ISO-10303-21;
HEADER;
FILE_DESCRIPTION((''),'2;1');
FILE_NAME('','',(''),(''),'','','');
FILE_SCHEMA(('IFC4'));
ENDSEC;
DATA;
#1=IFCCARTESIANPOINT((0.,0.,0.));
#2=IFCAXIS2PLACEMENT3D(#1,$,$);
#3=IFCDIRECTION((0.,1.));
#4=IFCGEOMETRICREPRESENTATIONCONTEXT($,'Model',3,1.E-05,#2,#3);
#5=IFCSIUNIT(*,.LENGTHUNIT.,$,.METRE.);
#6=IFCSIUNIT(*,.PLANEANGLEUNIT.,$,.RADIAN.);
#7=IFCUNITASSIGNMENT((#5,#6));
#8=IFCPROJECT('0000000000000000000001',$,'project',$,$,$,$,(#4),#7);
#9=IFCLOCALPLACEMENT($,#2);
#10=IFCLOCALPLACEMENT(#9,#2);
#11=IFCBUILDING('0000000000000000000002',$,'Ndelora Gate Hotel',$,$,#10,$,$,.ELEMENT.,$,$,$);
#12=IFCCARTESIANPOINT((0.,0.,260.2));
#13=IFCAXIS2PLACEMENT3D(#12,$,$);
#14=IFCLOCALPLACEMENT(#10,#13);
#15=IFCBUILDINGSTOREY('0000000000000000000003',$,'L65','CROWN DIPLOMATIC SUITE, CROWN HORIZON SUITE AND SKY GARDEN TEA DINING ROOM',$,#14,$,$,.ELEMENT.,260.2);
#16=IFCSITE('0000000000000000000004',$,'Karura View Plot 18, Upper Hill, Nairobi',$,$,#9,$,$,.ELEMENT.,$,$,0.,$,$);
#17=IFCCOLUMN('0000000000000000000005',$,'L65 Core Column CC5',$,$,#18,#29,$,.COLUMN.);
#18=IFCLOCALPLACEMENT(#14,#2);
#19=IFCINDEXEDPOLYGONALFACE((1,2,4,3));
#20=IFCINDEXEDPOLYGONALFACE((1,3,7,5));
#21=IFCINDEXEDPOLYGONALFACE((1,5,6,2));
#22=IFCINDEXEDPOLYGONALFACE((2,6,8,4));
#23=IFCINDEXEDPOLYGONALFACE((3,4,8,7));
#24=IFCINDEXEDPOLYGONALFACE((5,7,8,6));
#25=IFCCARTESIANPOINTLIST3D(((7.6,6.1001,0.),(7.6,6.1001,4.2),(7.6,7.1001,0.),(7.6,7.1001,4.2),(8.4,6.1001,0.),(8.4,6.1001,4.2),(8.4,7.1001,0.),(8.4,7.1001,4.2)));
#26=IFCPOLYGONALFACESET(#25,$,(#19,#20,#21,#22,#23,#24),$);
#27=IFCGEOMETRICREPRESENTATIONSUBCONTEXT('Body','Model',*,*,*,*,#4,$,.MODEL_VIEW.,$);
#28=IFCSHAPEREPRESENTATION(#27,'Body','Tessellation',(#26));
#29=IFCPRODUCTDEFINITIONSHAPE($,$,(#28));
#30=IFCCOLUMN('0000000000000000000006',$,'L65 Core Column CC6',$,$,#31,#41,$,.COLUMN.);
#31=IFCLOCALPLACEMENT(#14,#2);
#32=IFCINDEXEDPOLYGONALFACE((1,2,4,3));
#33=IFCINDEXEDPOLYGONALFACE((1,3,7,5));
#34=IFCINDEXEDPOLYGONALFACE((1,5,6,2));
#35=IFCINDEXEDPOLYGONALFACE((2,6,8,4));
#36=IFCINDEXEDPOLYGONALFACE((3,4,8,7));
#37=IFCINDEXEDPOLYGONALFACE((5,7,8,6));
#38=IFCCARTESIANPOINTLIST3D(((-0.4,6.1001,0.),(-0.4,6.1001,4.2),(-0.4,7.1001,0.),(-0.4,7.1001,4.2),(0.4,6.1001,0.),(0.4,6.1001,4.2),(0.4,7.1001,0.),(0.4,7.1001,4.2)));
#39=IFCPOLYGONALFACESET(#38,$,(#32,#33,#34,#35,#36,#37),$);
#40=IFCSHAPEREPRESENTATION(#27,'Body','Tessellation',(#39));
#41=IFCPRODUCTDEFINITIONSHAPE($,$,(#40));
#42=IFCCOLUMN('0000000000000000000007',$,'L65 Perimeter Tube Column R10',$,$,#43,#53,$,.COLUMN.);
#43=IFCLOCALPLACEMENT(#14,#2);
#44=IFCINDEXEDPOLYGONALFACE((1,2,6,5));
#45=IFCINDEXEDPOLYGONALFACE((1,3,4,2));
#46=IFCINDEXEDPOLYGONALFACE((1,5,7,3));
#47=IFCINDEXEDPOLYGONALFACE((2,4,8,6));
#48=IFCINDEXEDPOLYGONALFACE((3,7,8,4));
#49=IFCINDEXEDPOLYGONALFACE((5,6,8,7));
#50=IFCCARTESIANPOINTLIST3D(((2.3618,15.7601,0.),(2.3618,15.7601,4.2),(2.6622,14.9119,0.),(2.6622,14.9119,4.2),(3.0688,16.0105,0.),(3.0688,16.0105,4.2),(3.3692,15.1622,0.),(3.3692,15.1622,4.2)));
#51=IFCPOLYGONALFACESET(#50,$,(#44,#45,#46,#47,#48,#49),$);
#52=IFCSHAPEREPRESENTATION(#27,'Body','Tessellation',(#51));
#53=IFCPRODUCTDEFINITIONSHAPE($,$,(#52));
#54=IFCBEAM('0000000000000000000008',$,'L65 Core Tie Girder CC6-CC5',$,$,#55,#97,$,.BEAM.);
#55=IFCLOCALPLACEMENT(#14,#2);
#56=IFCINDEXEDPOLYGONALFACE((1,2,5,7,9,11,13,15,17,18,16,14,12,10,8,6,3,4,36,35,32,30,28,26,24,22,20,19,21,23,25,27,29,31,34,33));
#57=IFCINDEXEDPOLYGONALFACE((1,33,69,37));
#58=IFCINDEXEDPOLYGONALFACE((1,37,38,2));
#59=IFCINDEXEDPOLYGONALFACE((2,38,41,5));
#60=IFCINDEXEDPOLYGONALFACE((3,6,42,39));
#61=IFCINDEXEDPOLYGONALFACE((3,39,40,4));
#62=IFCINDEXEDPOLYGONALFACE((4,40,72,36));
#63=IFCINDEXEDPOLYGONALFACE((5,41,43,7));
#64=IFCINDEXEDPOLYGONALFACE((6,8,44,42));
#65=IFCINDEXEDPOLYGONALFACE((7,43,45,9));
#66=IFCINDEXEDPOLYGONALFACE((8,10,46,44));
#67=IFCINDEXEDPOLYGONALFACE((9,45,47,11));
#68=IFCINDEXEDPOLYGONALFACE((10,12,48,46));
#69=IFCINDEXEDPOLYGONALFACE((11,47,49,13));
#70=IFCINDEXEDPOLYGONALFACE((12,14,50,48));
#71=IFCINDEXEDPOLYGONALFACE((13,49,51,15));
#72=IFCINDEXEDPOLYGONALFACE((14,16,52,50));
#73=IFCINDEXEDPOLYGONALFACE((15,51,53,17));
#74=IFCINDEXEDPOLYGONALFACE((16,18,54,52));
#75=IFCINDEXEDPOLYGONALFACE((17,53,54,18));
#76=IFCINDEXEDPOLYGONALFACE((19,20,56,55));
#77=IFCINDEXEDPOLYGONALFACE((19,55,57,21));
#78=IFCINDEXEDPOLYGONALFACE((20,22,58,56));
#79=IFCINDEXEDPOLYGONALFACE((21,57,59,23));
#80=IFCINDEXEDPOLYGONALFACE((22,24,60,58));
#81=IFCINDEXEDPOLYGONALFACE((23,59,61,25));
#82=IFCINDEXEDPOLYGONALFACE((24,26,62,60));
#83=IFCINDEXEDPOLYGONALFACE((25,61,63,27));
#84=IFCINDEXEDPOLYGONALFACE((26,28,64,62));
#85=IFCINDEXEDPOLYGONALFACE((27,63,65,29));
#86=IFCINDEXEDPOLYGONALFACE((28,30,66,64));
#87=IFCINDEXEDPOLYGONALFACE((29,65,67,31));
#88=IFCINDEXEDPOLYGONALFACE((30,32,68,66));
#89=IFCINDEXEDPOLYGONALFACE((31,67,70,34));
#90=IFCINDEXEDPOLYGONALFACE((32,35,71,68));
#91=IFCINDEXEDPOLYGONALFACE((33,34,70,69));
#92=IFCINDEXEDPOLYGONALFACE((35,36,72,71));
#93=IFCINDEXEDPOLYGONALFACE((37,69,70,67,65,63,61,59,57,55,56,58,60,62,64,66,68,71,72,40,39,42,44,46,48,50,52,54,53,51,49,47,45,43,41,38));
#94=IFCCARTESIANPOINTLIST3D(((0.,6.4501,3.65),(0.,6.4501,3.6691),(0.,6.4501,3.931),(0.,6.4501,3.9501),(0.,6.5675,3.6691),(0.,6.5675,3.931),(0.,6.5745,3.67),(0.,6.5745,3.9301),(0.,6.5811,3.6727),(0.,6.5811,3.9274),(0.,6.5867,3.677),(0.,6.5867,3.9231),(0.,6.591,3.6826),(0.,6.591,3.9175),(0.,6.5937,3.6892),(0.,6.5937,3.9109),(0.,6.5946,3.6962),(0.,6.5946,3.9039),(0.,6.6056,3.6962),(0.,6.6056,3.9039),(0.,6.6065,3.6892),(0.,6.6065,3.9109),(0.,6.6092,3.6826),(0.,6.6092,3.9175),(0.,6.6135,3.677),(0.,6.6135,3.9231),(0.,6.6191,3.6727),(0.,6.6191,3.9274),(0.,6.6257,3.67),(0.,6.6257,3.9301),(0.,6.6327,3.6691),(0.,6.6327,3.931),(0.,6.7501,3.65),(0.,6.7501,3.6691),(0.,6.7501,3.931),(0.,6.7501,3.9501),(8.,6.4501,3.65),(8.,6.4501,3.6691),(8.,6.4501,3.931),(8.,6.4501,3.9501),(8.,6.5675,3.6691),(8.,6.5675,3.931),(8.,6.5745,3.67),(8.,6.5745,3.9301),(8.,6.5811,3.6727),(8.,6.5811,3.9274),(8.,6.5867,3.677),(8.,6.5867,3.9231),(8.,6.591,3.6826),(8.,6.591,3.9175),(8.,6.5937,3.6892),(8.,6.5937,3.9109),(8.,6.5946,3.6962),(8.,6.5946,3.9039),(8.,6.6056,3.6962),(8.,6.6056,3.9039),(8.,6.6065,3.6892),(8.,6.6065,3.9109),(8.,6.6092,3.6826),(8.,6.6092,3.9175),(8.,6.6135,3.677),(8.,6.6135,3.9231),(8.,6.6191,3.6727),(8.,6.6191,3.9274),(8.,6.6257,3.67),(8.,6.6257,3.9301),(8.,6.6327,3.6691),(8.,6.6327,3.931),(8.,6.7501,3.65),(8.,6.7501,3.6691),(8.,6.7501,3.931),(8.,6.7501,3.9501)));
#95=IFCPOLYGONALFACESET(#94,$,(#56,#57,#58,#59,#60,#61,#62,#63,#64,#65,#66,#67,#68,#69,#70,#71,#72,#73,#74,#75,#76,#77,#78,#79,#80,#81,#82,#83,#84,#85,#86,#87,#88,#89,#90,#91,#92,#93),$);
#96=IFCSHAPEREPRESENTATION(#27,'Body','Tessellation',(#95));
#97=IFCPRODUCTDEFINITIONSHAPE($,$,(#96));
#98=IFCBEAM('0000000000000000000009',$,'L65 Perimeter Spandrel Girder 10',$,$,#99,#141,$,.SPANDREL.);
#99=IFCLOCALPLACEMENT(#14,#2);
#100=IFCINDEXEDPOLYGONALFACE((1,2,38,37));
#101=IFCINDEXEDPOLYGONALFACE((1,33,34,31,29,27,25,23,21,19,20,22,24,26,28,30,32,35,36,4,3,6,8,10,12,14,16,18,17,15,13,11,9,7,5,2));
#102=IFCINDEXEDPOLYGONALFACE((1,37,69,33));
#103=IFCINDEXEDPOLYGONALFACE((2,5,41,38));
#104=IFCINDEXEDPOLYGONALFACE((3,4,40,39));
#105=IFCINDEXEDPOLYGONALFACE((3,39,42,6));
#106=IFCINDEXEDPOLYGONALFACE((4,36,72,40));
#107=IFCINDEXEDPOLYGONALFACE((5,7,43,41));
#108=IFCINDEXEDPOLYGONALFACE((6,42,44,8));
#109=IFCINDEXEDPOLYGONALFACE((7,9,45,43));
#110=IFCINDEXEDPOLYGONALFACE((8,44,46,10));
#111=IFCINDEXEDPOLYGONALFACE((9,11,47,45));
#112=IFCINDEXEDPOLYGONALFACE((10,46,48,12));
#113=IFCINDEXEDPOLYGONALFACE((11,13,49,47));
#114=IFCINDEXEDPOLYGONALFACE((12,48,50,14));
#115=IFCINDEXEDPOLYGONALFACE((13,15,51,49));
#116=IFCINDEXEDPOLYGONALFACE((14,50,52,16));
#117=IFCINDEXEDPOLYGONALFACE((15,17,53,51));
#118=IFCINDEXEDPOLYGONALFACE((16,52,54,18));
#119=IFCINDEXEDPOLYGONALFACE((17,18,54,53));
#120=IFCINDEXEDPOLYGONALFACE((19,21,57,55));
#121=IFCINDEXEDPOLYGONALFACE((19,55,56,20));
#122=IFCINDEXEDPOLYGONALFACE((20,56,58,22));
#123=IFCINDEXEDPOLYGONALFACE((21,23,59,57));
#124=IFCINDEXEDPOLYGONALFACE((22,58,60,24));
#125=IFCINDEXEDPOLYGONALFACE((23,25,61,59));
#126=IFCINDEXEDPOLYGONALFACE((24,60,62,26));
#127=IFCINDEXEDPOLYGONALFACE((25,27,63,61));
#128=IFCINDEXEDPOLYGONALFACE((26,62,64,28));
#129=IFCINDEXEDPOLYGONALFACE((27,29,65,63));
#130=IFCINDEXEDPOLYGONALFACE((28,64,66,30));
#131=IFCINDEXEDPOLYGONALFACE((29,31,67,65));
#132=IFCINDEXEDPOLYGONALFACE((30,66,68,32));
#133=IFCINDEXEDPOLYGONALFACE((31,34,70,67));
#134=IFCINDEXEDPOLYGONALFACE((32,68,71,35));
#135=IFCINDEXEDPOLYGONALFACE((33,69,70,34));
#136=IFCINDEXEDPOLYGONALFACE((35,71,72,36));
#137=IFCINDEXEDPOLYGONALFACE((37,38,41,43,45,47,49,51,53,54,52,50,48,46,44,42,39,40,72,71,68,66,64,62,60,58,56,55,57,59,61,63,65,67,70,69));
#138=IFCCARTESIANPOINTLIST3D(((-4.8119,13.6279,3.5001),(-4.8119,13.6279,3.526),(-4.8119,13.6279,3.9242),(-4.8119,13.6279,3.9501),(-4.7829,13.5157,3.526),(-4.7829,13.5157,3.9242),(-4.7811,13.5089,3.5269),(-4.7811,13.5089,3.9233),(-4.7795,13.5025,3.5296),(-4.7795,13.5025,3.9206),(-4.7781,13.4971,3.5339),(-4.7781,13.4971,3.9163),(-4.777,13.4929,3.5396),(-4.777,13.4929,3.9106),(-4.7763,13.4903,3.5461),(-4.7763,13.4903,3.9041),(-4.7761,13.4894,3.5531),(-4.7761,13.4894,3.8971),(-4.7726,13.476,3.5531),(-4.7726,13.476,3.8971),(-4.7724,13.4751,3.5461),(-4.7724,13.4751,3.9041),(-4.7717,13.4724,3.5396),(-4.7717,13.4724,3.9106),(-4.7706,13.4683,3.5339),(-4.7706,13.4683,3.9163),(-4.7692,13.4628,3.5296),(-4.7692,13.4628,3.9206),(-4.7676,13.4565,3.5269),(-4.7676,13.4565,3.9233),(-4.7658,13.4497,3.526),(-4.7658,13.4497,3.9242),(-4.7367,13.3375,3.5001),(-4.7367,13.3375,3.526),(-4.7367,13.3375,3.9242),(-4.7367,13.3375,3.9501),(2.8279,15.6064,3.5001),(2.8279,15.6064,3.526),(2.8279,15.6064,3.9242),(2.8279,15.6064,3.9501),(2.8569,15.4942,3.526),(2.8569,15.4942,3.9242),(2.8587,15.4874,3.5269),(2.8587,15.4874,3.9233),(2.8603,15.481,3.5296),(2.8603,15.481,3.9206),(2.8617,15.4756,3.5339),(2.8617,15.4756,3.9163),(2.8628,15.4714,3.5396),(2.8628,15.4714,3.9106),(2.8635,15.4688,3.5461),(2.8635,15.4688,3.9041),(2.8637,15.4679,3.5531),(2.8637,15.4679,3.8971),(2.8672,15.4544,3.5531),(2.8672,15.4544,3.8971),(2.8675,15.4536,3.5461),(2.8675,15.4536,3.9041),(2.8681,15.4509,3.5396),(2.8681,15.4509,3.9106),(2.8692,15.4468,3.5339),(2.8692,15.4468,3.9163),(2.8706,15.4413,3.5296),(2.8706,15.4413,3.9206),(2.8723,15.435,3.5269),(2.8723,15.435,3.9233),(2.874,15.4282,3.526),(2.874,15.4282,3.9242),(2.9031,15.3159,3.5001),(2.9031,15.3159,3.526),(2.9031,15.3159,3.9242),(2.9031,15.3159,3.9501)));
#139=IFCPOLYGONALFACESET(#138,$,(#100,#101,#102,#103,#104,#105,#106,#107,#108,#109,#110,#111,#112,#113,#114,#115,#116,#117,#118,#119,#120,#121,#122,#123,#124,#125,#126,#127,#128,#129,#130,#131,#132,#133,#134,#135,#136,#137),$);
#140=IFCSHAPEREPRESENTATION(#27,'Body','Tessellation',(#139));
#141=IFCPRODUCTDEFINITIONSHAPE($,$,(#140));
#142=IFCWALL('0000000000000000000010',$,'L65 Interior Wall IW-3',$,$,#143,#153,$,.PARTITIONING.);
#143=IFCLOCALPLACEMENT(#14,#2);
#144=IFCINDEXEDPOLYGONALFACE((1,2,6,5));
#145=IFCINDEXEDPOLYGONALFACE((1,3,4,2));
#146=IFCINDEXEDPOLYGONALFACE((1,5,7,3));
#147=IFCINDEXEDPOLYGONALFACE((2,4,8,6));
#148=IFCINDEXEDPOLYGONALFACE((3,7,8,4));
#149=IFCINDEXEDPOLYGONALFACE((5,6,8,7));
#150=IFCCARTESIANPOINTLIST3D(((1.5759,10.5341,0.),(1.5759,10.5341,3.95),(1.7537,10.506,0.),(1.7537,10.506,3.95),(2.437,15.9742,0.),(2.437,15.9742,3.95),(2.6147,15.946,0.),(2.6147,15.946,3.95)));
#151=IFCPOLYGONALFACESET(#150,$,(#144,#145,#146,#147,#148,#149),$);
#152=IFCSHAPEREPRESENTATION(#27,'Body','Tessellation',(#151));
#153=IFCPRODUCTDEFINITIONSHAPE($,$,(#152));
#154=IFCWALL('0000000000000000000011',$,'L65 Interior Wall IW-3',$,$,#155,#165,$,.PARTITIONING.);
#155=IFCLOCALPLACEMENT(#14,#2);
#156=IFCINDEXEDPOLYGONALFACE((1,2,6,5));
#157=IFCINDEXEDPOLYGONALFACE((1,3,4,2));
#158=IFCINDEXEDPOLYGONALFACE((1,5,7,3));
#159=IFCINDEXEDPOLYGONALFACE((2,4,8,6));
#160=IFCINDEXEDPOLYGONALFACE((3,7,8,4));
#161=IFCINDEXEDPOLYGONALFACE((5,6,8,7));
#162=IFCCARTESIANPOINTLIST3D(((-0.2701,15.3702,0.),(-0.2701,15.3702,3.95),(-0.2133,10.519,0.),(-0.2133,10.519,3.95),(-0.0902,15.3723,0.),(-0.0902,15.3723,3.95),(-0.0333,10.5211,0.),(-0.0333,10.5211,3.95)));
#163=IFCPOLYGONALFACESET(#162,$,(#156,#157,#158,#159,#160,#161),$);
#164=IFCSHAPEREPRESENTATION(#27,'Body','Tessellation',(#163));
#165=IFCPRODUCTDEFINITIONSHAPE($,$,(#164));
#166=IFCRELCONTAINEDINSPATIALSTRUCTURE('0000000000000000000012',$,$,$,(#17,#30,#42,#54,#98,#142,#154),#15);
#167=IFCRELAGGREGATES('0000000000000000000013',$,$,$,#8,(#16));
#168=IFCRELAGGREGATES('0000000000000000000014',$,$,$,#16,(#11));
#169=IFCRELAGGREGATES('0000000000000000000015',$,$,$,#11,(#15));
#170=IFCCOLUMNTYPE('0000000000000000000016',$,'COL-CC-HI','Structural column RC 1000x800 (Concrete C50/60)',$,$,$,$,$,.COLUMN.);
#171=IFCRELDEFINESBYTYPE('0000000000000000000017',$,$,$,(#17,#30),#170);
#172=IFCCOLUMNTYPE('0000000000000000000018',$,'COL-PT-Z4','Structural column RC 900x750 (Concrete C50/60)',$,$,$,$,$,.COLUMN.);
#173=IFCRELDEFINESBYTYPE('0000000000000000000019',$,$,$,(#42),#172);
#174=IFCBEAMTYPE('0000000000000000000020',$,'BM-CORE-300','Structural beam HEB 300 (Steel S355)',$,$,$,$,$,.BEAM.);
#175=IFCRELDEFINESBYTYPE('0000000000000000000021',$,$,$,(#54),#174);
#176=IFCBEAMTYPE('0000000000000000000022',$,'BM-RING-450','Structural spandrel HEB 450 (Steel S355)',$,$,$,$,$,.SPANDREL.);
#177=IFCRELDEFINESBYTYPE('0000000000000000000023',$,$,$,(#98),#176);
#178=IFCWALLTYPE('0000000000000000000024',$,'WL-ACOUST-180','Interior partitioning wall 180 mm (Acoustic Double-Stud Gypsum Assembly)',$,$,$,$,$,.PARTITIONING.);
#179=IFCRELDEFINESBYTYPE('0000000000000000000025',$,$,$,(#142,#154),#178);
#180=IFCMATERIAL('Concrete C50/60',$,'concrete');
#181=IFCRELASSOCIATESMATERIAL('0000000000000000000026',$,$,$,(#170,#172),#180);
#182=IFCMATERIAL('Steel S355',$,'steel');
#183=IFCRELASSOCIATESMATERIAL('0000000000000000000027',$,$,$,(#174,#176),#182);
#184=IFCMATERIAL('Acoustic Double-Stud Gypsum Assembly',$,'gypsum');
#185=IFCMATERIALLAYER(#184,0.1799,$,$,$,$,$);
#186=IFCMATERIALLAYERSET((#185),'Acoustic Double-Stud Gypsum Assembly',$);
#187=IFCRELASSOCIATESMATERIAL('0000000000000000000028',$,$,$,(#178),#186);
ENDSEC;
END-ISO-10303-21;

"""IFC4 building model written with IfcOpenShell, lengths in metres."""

from ifc_helpers import new_model, si_unit, direction, frame, frame_2d, origin, origin_2d, place, context, subcontext, project, spatial, rectangle, i_section, extrude, material, layer, layer_set, material_profile, profile_set, type_object, element, save


model = new_model("IFC4")

# Units and contexts
model_context = context("Model", 3, precision=1e-05, world=origin(), true_north=direction((0.0, 1.0)))
body_context = subcontext(model_context, "Body", "Model", "MODEL_VIEW")
ifc_project = project(units=[si_unit("LENGTHUNIT", "METRE"), si_unit("PLANEANGLEUNIT", "RADIAN")], contexts=[model_context])

# Site, building, storey
site_placement = place(None, origin())
site = spatial("IfcSite", under=ifc_project, at=site_placement, Name="Karura View Plot 18, Upper Hill, Nairobi", CompositionType="ELEMENT", RefElevation=0.0)
building_placement = place(site_placement, origin())
building = spatial("IfcBuilding", under=site, at=building_placement, Name="Ndelora Gate Hotel", CompositionType="ELEMENT")
storey_placement = place(building_placement, frame((0.0, 0.0, 260.2)))
storey = spatial("IfcBuildingStorey", under=building, at=storey_placement, Name="L65", Description="CROWN DIPLOMATIC SUITE, CROWN HORIZON SUITE AND SKY GARDEN TEA DINING ROOM", CompositionType="ELEMENT", Elevation=260.2)

# Columns
ifc_material_1 = material(Name="Concrete C50/60", Category="concrete")
ifc_material_profile_1 = material_profile(ifc_material_1, rectangle(XDim=0.8, YDim=1.0, at=origin_2d()), Name="RC 1000x800")
ifc_profile_set_1 = profile_set([ifc_material_profile_1], Name="Concrete C50/60")
column_type_1 = type_object("IfcColumnType", Name="COL-CC-HI", Description="Structural column RC 1000x800 (Concrete C50/60)", PredefinedType="COLUMN", material=ifc_profile_set_1)
for number, where, z_axis, x_axis, name in (
    (1, (8.0, 6.6001, 0.0), (0.0, 0.0, 1.0), (1.0, 0.0, 0.0), "L65 Core Column CC5"),
    (2, (0.0, 6.6001, 0.0), (0.0, 0.0, 1.0), (1.0, 0.0, 0.0), "L65 Core Column CC6"),
):
    element("IfcColumn", number, at=place(storey_placement, frame(where, z_axis=z_axis, x_axis=x_axis)), inside=storey, type_object=column_type_1, Name=name, PredefinedType="COLUMN", context=body_context, shape_type="SweptSolid", body=[
        extrude(rectangle(XDim=0.8, YDim=1.0, at=origin_2d()), origin(), (0.0, 0.0, 1.0), 4.2),
    ])
ifc_material_profile_2 = material_profile(ifc_material_1, rectangle(XDim=0.75, YDim=0.8999, at=origin_2d()), Name="RC 900x750")
ifc_profile_set_2 = profile_set([ifc_material_profile_2], Name="Concrete C50/60")
column_type_2 = type_object("IfcColumnType", Name="COL-PT-Z4", Description="Structural column RC 900x750 (Concrete C50/60)", PredefinedType="COLUMN", material=ifc_profile_set_2)
column_placement = place(storey_placement, frame((2.8655, 15.4612, 0.0), z_axis=(0.0, 0.0, 1.0), x_axis=(0.942641, 0.333807, 0.0)))
element("IfcColumn", 3, at=column_placement, inside=storey, type_object=column_type_2, Name="L65 Perimeter Tube Column R10", PredefinedType="COLUMN", context=body_context, shape_type="SweptSolid", body=[
    extrude(rectangle(XDim=0.75, YDim=0.8999, at=origin_2d()), origin(), (0.0, 0.0, 1.0), 4.2),
])

# Beams
ifc_material_2 = material(Name="Steel S355", Category="steel")
ifc_material_profile_3 = material_profile(ifc_material_2, i_section(OverallWidth=0.3, OverallDepth=0.3, WebThickness=0.011, FlangeThickness=0.019, FilletRadius=0.0271, at=origin_2d()), Name="HEB 300")
ifc_profile_set_3 = profile_set([ifc_material_profile_3], Name="Steel S355")
beam_type_1 = type_object("IfcBeamType", Name="BM-CORE-300", Description="Structural beam HEB 300 (Steel S355)", PredefinedType="BEAM", material=ifc_profile_set_3)
beam_1_placement = place(storey_placement, frame((0.0, 6.6001, 3.8), z_axis=(1.0, 0.0, 0.0), x_axis=(0.0, 1.0, 0.0)))
element("IfcBeam", 4, at=beam_1_placement, inside=storey, type_object=beam_type_1, Name="L65 Core Tie Girder CC6-CC5", PredefinedType="BEAM", context=body_context, shape_type="SweptSolid", body=[
    extrude(i_section(OverallWidth=0.3, OverallDepth=0.3, WebThickness=0.011, FlangeThickness=0.019, FilletRadius=0.0271, at=origin_2d()), origin(), (0.0, 0.0, 1.0), 8.0),
])
ifc_material_profile_4 = material_profile(ifc_material_2, i_section(OverallWidth=0.3, OverallDepth=0.45, WebThickness=0.0139, FlangeThickness=0.0259, FilletRadius=0.0271, at=origin_2d()), Name="HEB 450")
ifc_profile_set_4 = profile_set([ifc_material_profile_4], Name="Steel S355")
beam_type_2 = type_object("IfcBeamType", Name="BM-RING-450", Description="Structural spandrel HEB 450 (Steel S355)", PredefinedType="SPANDREL", material=ifc_profile_set_4)
beam_2_placement = place(storey_placement, frame((2.8655, 15.4612, 3.7251), z_axis=(-0.968064, -0.250701, 0.0), x_axis=(0.250701, -0.968064, 0.0)))
element("IfcBeam", 5, at=beam_2_placement, inside=storey, type_object=beam_type_2, Name="L65 Perimeter Spandrel Girder 10", PredefinedType="SPANDREL", context=body_context, shape_type="SweptSolid", body=[
    extrude(i_section(OverallWidth=0.3, OverallDepth=0.45, WebThickness=0.0139, FlangeThickness=0.0259, FilletRadius=0.0271, at=origin_2d()), origin(), (0.0, 0.0, 1.0), 7.8918),
])

# Walls
ifc_material_3 = material(Name="Acoustic Double-Stud Gypsum Assembly", Category="gypsum")
ifc_layer_1 = layer(ifc_material_3, 0.1799)
ifc_layer_set_1 = layer_set([ifc_layer_1], Name="Acoustic Double-Stud Gypsum Assembly")
wall_type_1 = type_object("IfcWallType", Name="WL-ACOUST-180", Description="Interior partitioning wall 180 mm (Acoustic Double-Stud Gypsum Assembly)", PredefinedType="PARTITIONING", material=ifc_layer_set_1)
wall_1_placement = place(storey_placement, frame((1.6648, 10.52, 0.0), z_axis=(0.0, 0.0, 1.0), x_axis=(0.156336, 0.987704, 0.0)))
element("IfcWall", 6, at=wall_1_placement, inside=storey, type_object=wall_type_1, Name="L65 Interior Wall IW-3", PredefinedType="PARTITIONING", context=body_context, shape_type="SweptSolid", body=[
    extrude(rectangle(XDim=5.5078, YDim=0.1799, at=frame_2d((2.7539, 0.0))), origin(), (0.0, 0.0, 1.0), 3.95),
])
wall_2_placement = place(storey_placement, frame((-0.1233, 10.52, 0.0), z_axis=(0.0, 0.0, 1.0), x_axis=(-0.011725, 0.999931, 0.0)))
element("IfcWall", 7, at=wall_2_placement, inside=storey, type_object=wall_type_1, Name="L65 Interior Wall IW-3", PredefinedType="PARTITIONING", context=body_context, shape_type="SweptSolid", body=[
    extrude(rectangle(XDim=4.8516, YDim=0.1799, at=frame_2d((2.4258, 0.0))), origin(), (0.0, 0.0, 1.0), 3.95),
])

save(model, "model.ifc")
